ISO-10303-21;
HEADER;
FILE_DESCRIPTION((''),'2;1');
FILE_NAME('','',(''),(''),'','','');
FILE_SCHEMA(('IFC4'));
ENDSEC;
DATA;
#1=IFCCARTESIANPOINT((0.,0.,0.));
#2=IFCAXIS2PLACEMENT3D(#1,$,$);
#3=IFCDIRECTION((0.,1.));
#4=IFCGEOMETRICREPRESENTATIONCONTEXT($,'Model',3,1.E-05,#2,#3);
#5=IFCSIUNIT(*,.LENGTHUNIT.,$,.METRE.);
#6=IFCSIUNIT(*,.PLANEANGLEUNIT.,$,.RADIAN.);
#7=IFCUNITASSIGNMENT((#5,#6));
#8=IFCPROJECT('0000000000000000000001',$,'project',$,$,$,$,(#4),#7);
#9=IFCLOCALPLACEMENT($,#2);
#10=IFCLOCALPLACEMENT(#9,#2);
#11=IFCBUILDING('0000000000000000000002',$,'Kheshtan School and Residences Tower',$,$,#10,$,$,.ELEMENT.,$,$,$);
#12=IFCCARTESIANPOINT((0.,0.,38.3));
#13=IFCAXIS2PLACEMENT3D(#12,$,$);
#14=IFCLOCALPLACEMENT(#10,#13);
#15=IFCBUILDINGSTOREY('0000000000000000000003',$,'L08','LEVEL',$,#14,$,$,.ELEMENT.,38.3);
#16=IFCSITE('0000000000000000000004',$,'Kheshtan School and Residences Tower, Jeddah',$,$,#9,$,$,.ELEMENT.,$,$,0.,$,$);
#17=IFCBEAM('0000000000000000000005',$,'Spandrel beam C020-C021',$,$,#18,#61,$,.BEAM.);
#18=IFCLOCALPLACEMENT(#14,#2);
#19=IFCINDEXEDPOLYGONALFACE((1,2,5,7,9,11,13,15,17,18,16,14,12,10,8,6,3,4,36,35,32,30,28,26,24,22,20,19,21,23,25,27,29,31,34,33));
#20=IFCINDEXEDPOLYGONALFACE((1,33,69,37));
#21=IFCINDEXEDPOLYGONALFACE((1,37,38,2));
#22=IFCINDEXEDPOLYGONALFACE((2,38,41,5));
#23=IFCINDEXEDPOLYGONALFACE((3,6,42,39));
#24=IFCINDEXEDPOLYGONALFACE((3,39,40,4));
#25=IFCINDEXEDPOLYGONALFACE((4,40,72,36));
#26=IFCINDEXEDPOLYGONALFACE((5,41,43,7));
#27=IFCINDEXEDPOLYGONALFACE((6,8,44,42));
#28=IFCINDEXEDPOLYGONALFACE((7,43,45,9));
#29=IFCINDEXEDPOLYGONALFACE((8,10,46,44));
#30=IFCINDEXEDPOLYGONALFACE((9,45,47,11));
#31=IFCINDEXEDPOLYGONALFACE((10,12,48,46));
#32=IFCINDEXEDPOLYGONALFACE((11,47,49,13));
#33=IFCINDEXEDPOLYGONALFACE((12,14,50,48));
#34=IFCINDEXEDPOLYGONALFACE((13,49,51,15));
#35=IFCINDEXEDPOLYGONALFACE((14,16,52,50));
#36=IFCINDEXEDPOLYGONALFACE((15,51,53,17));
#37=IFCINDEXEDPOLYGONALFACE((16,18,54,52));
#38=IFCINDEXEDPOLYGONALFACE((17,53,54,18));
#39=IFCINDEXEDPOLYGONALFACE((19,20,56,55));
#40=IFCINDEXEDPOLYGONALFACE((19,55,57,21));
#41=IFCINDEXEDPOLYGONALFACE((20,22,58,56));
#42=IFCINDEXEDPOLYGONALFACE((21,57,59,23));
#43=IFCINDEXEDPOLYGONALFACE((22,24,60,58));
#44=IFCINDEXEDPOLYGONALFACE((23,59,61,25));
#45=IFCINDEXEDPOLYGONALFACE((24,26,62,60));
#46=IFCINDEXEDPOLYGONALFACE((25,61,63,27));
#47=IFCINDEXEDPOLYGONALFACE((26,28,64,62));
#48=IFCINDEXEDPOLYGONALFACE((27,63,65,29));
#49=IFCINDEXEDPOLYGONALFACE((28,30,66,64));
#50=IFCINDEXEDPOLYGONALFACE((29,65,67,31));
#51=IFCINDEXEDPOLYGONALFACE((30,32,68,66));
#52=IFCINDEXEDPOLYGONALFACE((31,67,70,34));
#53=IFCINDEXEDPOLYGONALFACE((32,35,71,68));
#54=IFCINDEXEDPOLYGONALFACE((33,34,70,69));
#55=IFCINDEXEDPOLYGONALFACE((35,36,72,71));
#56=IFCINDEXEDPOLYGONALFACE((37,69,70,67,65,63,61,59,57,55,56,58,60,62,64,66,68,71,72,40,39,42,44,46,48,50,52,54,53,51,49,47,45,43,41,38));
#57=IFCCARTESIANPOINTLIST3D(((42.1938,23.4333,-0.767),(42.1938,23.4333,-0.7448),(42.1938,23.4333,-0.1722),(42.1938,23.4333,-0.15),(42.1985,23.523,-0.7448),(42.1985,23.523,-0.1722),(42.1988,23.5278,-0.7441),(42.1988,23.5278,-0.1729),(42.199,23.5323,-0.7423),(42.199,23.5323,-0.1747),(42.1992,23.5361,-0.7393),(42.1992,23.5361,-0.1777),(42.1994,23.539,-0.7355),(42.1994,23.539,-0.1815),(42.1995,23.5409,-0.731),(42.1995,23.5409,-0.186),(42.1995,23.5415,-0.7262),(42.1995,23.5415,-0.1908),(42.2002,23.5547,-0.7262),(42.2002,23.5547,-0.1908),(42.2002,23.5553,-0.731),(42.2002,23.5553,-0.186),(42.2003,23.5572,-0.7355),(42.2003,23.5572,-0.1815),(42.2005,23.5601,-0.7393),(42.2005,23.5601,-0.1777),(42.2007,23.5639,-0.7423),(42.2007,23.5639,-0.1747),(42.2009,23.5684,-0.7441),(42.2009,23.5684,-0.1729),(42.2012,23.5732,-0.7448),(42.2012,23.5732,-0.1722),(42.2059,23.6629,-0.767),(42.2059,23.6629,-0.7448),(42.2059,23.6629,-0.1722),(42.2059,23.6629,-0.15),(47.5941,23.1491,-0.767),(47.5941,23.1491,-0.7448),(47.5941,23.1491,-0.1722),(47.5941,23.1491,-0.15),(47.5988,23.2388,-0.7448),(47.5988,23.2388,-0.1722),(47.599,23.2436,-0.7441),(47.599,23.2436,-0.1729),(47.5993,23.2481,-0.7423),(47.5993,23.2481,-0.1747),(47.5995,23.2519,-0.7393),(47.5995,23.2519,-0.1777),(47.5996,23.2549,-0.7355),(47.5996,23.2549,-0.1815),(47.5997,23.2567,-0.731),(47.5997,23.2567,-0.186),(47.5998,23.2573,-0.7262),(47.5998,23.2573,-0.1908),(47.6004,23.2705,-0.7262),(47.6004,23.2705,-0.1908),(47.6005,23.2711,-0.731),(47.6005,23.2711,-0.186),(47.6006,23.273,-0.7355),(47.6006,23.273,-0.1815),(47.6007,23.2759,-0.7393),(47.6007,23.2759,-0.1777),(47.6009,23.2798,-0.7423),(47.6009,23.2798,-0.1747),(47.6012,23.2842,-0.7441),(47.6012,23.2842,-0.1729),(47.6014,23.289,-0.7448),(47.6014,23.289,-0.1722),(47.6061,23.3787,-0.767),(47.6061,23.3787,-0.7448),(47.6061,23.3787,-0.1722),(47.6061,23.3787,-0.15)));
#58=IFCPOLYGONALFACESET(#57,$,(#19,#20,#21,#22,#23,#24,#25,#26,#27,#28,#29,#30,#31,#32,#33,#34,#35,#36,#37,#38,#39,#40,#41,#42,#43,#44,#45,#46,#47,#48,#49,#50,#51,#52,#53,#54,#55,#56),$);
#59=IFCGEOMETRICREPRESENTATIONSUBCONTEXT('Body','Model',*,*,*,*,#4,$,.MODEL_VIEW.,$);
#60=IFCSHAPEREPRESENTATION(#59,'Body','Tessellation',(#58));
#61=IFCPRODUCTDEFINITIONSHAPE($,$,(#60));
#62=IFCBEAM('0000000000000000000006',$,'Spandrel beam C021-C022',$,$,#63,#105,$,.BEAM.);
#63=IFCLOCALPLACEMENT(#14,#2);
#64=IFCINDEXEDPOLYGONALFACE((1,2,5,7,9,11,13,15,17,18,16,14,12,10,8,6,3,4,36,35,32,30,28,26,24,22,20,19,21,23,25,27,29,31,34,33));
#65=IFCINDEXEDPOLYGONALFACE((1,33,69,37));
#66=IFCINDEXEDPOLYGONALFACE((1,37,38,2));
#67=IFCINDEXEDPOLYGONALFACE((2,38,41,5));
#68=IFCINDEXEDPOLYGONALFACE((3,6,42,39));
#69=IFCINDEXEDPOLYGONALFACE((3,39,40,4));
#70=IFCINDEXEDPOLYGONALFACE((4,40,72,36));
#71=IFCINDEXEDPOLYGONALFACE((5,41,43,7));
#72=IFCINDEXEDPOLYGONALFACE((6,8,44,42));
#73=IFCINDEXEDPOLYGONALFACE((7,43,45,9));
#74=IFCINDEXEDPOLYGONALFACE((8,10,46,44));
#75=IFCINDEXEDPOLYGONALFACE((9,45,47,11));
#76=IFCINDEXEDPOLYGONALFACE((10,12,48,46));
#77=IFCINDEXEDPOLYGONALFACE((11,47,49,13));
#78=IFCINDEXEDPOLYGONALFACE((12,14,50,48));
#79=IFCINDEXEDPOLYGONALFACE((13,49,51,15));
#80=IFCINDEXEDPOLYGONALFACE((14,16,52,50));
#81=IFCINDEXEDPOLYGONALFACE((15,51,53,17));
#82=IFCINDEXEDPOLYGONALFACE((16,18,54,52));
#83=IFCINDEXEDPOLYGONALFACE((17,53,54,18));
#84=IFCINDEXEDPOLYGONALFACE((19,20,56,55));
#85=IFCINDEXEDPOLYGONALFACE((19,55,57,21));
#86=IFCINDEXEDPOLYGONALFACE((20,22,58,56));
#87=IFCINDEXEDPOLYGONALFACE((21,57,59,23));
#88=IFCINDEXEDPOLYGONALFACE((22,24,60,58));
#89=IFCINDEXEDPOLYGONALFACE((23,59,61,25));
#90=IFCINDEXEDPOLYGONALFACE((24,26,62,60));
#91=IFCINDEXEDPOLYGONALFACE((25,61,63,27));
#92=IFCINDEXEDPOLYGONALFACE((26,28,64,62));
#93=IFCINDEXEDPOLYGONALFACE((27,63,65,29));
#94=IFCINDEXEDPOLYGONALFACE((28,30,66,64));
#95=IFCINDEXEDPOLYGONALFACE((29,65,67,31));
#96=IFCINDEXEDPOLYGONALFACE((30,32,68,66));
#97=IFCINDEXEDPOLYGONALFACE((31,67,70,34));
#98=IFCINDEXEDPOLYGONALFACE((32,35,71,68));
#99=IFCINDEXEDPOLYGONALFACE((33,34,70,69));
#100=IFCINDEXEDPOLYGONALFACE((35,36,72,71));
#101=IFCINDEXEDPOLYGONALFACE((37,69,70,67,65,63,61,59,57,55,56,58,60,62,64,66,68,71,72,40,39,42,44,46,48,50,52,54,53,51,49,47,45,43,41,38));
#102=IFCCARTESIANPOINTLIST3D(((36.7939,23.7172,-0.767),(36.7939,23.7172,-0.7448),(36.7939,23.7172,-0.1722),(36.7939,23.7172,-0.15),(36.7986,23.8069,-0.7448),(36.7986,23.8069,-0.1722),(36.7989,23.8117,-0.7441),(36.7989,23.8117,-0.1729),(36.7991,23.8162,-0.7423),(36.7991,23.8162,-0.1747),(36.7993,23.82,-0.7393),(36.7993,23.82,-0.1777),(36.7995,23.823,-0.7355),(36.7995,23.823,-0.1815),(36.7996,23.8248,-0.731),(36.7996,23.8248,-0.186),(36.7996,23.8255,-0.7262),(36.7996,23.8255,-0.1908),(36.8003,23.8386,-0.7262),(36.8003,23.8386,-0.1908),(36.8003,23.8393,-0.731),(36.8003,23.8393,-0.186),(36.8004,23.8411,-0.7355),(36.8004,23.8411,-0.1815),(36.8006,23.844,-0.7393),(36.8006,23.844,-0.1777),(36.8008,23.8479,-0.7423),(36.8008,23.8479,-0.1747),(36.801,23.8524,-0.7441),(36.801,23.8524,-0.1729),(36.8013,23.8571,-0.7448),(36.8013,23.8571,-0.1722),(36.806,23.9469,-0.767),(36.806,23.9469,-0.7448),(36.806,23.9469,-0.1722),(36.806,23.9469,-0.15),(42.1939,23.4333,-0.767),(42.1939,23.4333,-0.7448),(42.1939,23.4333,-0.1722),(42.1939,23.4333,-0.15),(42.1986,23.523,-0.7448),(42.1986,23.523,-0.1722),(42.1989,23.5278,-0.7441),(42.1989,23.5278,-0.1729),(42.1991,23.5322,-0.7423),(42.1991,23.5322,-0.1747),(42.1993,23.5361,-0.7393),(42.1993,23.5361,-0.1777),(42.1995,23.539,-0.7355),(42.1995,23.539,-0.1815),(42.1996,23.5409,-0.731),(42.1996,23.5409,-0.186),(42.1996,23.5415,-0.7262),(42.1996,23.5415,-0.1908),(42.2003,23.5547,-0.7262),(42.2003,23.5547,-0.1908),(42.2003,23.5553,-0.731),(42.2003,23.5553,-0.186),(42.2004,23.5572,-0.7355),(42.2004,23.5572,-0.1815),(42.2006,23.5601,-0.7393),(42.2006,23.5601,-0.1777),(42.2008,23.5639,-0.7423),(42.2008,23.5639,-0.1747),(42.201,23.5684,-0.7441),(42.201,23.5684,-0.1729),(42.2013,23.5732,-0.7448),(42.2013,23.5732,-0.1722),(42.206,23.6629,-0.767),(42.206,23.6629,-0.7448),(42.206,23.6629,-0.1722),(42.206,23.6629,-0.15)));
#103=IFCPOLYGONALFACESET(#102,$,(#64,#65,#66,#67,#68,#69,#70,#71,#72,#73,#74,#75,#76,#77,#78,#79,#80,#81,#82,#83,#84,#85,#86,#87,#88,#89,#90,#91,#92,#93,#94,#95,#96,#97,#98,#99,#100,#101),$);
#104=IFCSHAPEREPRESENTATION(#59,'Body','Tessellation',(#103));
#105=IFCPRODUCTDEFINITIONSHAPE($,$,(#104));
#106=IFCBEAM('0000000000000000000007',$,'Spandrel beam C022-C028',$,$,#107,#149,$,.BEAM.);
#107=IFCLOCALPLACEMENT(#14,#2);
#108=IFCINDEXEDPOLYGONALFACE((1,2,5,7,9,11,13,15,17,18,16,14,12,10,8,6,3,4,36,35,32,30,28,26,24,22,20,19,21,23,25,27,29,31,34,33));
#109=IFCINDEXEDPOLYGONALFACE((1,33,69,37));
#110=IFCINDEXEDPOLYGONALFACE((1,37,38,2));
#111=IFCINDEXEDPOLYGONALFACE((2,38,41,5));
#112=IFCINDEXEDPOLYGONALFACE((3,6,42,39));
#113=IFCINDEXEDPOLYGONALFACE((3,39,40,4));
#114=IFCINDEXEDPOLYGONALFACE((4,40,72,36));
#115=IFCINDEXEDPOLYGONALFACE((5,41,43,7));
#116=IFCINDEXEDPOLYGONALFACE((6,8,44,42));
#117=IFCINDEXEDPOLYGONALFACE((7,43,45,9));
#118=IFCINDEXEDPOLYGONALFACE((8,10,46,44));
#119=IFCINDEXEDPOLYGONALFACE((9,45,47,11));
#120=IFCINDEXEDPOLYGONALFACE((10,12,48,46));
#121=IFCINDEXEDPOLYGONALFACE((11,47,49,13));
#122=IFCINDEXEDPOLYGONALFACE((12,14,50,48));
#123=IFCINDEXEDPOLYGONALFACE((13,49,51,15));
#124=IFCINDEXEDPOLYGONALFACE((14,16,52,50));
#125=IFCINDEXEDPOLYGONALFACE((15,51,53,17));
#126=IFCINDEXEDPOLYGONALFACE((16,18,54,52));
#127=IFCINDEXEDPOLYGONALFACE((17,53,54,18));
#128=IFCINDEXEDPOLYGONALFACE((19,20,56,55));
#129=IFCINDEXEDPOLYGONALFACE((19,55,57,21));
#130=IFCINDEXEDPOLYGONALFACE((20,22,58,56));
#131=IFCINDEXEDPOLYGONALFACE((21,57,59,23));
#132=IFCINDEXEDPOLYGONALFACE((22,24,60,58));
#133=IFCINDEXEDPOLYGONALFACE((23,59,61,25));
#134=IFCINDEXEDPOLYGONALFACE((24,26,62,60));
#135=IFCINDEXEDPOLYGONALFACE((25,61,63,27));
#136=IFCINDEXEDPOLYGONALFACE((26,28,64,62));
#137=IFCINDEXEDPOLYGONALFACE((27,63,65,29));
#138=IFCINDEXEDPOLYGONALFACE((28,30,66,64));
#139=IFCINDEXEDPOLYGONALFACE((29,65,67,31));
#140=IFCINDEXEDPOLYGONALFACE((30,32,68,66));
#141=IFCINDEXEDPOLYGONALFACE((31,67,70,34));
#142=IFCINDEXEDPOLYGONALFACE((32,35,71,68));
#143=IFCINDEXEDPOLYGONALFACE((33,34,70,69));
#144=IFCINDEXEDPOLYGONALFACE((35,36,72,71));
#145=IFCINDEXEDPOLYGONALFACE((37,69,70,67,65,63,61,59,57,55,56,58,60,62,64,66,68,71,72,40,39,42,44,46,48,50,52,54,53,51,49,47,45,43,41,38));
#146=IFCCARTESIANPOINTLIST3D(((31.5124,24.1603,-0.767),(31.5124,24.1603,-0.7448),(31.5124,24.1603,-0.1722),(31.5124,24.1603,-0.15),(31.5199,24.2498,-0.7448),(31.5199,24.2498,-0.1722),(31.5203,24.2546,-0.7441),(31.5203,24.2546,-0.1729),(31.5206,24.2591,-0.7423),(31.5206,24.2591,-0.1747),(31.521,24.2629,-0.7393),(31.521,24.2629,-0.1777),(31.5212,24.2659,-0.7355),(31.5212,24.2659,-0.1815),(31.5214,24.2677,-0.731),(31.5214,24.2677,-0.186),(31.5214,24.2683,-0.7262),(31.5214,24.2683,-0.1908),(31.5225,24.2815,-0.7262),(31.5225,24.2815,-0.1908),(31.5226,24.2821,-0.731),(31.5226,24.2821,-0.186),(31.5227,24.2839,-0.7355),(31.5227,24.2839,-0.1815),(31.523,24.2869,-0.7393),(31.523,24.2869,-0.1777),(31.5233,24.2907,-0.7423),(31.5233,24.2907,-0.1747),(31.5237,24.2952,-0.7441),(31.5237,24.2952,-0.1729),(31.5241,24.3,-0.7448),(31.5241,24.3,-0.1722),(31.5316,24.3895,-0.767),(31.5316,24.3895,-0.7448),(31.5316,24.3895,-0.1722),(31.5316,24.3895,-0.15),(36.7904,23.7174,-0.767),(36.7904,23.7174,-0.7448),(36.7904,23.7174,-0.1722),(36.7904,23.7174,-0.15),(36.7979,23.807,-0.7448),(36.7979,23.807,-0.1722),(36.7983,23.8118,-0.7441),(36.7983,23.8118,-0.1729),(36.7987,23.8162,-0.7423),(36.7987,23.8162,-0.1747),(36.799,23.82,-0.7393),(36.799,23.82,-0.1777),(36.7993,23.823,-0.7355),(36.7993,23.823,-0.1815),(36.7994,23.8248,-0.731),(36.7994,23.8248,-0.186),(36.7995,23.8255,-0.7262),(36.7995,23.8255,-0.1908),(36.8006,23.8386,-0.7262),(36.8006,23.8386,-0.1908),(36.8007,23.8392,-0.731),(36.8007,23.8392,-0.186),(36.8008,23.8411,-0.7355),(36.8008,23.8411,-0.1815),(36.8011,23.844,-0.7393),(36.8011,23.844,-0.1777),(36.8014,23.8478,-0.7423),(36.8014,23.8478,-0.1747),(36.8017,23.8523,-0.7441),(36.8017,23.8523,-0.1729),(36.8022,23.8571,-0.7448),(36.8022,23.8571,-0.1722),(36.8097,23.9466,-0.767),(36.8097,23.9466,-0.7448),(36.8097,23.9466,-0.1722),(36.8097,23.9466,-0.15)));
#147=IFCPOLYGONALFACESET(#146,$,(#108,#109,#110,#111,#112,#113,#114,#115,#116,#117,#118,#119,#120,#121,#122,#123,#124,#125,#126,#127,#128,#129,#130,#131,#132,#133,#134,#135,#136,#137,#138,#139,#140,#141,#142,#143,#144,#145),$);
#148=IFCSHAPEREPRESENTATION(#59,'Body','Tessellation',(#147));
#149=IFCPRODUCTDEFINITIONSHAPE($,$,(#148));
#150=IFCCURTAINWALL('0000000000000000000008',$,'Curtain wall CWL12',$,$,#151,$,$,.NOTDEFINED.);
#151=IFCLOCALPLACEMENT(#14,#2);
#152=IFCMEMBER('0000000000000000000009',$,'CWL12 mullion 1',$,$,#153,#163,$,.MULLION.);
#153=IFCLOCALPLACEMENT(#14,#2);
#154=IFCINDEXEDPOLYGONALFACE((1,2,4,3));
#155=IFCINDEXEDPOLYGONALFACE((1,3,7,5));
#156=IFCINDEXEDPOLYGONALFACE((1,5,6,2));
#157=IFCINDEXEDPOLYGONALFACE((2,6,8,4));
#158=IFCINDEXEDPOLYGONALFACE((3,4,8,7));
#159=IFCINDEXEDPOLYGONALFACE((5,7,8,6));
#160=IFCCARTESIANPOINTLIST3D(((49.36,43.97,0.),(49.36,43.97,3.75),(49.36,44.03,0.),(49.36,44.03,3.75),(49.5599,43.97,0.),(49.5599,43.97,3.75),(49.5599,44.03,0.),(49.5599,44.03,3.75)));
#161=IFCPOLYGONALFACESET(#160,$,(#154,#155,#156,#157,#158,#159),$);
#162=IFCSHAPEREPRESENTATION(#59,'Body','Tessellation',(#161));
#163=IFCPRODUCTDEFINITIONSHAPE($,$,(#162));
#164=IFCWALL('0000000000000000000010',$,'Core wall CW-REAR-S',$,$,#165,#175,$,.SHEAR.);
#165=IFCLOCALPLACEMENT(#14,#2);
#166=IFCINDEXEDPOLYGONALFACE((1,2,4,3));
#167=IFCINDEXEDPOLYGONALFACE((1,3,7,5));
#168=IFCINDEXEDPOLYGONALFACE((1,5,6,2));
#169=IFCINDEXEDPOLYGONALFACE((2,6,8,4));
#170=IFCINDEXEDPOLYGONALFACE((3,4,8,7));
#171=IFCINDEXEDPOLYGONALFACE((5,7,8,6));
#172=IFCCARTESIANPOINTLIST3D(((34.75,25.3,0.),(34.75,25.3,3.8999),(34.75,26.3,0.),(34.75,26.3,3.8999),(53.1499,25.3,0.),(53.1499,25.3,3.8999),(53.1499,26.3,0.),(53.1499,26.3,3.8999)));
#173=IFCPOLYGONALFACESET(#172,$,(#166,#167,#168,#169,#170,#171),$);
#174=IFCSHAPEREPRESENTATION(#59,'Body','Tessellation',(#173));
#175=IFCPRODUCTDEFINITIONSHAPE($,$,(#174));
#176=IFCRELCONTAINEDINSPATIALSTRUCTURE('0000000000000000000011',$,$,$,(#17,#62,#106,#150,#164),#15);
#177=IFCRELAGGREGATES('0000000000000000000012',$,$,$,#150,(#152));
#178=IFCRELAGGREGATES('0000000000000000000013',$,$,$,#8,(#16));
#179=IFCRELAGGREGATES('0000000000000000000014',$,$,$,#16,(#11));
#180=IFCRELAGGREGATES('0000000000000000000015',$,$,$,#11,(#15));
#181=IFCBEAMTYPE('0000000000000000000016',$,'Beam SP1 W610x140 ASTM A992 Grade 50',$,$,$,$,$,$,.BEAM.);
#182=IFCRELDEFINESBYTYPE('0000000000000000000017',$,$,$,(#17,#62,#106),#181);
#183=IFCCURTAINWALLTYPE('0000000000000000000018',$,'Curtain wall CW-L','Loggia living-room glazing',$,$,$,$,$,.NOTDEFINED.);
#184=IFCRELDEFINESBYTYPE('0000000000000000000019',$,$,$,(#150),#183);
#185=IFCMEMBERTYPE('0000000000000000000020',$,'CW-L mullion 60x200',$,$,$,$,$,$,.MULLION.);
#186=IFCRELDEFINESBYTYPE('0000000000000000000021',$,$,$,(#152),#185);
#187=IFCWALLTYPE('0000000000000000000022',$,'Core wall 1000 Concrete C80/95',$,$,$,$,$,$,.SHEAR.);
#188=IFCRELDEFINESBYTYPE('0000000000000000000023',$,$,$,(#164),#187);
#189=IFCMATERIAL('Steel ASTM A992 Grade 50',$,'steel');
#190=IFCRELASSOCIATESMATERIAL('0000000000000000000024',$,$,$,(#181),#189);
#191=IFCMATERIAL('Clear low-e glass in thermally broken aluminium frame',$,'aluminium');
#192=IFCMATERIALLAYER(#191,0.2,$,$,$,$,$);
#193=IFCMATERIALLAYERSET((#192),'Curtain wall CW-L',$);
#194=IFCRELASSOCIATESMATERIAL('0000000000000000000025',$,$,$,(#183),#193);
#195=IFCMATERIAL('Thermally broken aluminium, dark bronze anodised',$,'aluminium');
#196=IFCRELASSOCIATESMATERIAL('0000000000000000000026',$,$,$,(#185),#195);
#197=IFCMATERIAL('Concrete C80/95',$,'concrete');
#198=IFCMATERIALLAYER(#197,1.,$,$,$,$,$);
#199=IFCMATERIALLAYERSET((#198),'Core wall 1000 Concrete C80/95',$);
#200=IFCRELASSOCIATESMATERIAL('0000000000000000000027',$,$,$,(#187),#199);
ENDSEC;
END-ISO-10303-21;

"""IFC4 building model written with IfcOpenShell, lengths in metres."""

from ifc_helpers import new_model, si_unit, direction, frame, frame_2d, origin, origin_2d, place, context, subcontext, project, spatial, rectangle, i_section, extrude, material, layer, layer_set, material_profile, profile_set, type_object, element, aggregate, save


model = new_model("IFC4")

# Units and contexts
model_context = context("Model", 3, precision=1e-05, world=origin(), true_north=direction((0.0, 1.0)))
body_context = subcontext(model_context, "Body", "Model", "MODEL_VIEW")
ifc_project = project(units=[si_unit("LENGTHUNIT", "METRE"), si_unit("PLANEANGLEUNIT", "RADIAN")], contexts=[model_context])

# Site, building, storey
site_placement = place(None, origin())
site = spatial("IfcSite", under=ifc_project, at=site_placement, Name="Kheshtan School and Residences Tower, Jeddah", CompositionType="ELEMENT", RefElevation=0.0)
building_placement = place(site_placement, origin())
building = spatial("IfcBuilding", under=site, at=building_placement, Name="Kheshtan School and Residences Tower", CompositionType="ELEMENT")
storey_placement = place(building_placement, frame((0.0, 0.0, 38.3)))
storey = spatial("IfcBuildingStorey", under=building, at=storey_placement, Name="L08", Description="LEVEL", CompositionType="ELEMENT", Elevation=38.3)

# Shared definitions
ifc_material_1 = material(Name="Steel ASTM A992 Grade 50", Category="steel")

# Beams
ifc_material_profile_1 = material_profile(ifc_material_1, i_section(OverallWidth=0.23, OverallDepth=0.6169, WebThickness=0.0132, FlangeThickness=0.0222, FilletRadius=0.0186, at=origin_2d()), Name="W610x140")
ifc_profile_set_1 = profile_set([ifc_material_profile_1], Name="Steel ASTM A992 Grade 50")
beam_type_1 = type_object("IfcBeamType", Name="Beam SP1 W610x140 ASTM A992 Grade 50", PredefinedType="BEAM", material=ifc_profile_set_1)
beam_1_placement = place(storey_placement, frame((47.6001, 23.2639, -0.4585), z_axis=(-0.998618, 0.052552, 0.0), x_axis=(-0.052552, -0.998618, 0.0)))
element("IfcBeam", 1, at=beam_1_placement, inside=storey, type_object=beam_type_1, Name="Spandrel beam C020-C021", PredefinedType="BEAM", context=body_context, shape_type="SweptSolid", body=[
    extrude(i_section(OverallWidth=0.23, OverallDepth=0.6169, WebThickness=0.0132, FlangeThickness=0.0222, FilletRadius=0.0186, at=origin_2d()), origin(), (0.0, 0.0, 1.0), 5.4077),
])
beam_2_placement = place(storey_placement, frame((42.2, 23.5481, -0.4585), z_axis=(-0.99862, 0.052509, 0.0), x_axis=(-0.052509, -0.99862, 0.0)))
element("IfcBeam", 2, at=beam_2_placement, inside=storey, type_object=beam_type_1, Name="Spandrel beam C021-C022", PredefinedType="BEAM", context=body_context, shape_type="SweptSolid", body=[
    extrude(i_section(OverallWidth=0.23, OverallDepth=0.6169, WebThickness=0.0132, FlangeThickness=0.0222, FilletRadius=0.0186, at=origin_2d()), origin(), (0.0, 0.0, 1.0), 5.4075),
])
beam_3_placement = place(storey_placement, frame((36.8, 23.832, -0.4585), z_axis=(-0.996498, 0.083614, 0.0), x_axis=(-0.083614, -0.996498, 0.0)))
element("IfcBeam", 3, at=beam_3_placement, inside=storey, type_object=beam_type_1, Name="Spandrel beam C022-C028", PredefinedType="BEAM", context=body_context, shape_type="SweptSolid", body=[
    extrude(i_section(OverallWidth=0.23, OverallDepth=0.6169, WebThickness=0.0132, FlangeThickness=0.0222, FilletRadius=0.0186, at=origin_2d()), origin(), (0.0, 0.0, 1.0), 5.2966),
])

# Curtain wall, member
ifc_material_2 = material(Name="Clear low-e glass in thermally broken aluminium frame", Category="aluminium")
ifc_layer_1 = layer(ifc_material_2, 0.2)
ifc_layer_set_1 = layer_set([ifc_layer_1], Name="Curtain wall CW-L")
curtain_wall_type = type_object("IfcCurtainWallType", Name="Curtain wall CW-L", Description="Loggia living-room glazing", PredefinedType="NOTDEFINED", material=ifc_layer_set_1)
curtain_wall_placement = place(storey_placement, origin())
curtain_wall = element("IfcCurtainWall", 4, at=curtain_wall_placement, inside=storey, type_object=curtain_wall_type, Name="Curtain wall CWL12", PredefinedType="NOTDEFINED")
ifc_material_3 = material(Name="Thermally broken aluminium, dark bronze anodised", Category="aluminium")
ifc_material_profile_2 = material_profile(ifc_material_3, rectangle(XDim=0.0601, YDim=0.2, at=origin_2d()), Name="CW-L mullion 60x200")
ifc_profile_set_2 = profile_set([ifc_material_profile_2], Name="Thermally broken aluminium, dark bronze anodised")
member_type = type_object("IfcMemberType", Name="CW-L mullion 60x200", PredefinedType="MULLION", material=ifc_profile_set_2)
member_placement = place(storey_placement, frame((49.46, 44.0, 0.0), z_axis=(0.0, 0.0, 1.0), x_axis=(0.0, 1.0, 0.0)))
member = element("IfcMember", 5, at=member_placement, type_object=member_type, Name="CWL12 mullion 1", PredefinedType="MULLION", context=body_context, shape_type="SweptSolid", body=[
    extrude(rectangle(XDim=0.0601, YDim=0.2, at=origin_2d()), origin(), (0.0, 0.0, 1.0), 3.75),
])
aggregate(curtain_wall, [member])

# Wall
ifc_material_4 = material(Name="Concrete C80/95", Category="concrete")
ifc_layer_2 = layer(ifc_material_4, 1.0)
ifc_layer_set_2 = layer_set([ifc_layer_2], Name="Core wall 1000 Concrete C80/95")
wall_type_1 = type_object("IfcWallType", Name="Core wall 1000 Concrete C80/95", PredefinedType="SHEAR", material=ifc_layer_set_2)
wall_1_placement = place(storey_placement, frame((34.75, 25.8, 0.0), z_axis=(0.0, 0.0, 1.0), x_axis=(1.0, 0.0, 0.0)))
element("IfcWall", 6, at=wall_1_placement, inside=storey, type_object=wall_type_1, Name="Core wall CW-REAR-S", PredefinedType="SHEAR", context=body_context, shape_type="SweptSolid", body=[
    extrude(rectangle(XDim=18.3999, YDim=1.0, at=frame_2d((9.2, 0.0))), origin(), (0.0, 0.0, 1.0), 3.8999),
])

save(model, "model.ifc")
